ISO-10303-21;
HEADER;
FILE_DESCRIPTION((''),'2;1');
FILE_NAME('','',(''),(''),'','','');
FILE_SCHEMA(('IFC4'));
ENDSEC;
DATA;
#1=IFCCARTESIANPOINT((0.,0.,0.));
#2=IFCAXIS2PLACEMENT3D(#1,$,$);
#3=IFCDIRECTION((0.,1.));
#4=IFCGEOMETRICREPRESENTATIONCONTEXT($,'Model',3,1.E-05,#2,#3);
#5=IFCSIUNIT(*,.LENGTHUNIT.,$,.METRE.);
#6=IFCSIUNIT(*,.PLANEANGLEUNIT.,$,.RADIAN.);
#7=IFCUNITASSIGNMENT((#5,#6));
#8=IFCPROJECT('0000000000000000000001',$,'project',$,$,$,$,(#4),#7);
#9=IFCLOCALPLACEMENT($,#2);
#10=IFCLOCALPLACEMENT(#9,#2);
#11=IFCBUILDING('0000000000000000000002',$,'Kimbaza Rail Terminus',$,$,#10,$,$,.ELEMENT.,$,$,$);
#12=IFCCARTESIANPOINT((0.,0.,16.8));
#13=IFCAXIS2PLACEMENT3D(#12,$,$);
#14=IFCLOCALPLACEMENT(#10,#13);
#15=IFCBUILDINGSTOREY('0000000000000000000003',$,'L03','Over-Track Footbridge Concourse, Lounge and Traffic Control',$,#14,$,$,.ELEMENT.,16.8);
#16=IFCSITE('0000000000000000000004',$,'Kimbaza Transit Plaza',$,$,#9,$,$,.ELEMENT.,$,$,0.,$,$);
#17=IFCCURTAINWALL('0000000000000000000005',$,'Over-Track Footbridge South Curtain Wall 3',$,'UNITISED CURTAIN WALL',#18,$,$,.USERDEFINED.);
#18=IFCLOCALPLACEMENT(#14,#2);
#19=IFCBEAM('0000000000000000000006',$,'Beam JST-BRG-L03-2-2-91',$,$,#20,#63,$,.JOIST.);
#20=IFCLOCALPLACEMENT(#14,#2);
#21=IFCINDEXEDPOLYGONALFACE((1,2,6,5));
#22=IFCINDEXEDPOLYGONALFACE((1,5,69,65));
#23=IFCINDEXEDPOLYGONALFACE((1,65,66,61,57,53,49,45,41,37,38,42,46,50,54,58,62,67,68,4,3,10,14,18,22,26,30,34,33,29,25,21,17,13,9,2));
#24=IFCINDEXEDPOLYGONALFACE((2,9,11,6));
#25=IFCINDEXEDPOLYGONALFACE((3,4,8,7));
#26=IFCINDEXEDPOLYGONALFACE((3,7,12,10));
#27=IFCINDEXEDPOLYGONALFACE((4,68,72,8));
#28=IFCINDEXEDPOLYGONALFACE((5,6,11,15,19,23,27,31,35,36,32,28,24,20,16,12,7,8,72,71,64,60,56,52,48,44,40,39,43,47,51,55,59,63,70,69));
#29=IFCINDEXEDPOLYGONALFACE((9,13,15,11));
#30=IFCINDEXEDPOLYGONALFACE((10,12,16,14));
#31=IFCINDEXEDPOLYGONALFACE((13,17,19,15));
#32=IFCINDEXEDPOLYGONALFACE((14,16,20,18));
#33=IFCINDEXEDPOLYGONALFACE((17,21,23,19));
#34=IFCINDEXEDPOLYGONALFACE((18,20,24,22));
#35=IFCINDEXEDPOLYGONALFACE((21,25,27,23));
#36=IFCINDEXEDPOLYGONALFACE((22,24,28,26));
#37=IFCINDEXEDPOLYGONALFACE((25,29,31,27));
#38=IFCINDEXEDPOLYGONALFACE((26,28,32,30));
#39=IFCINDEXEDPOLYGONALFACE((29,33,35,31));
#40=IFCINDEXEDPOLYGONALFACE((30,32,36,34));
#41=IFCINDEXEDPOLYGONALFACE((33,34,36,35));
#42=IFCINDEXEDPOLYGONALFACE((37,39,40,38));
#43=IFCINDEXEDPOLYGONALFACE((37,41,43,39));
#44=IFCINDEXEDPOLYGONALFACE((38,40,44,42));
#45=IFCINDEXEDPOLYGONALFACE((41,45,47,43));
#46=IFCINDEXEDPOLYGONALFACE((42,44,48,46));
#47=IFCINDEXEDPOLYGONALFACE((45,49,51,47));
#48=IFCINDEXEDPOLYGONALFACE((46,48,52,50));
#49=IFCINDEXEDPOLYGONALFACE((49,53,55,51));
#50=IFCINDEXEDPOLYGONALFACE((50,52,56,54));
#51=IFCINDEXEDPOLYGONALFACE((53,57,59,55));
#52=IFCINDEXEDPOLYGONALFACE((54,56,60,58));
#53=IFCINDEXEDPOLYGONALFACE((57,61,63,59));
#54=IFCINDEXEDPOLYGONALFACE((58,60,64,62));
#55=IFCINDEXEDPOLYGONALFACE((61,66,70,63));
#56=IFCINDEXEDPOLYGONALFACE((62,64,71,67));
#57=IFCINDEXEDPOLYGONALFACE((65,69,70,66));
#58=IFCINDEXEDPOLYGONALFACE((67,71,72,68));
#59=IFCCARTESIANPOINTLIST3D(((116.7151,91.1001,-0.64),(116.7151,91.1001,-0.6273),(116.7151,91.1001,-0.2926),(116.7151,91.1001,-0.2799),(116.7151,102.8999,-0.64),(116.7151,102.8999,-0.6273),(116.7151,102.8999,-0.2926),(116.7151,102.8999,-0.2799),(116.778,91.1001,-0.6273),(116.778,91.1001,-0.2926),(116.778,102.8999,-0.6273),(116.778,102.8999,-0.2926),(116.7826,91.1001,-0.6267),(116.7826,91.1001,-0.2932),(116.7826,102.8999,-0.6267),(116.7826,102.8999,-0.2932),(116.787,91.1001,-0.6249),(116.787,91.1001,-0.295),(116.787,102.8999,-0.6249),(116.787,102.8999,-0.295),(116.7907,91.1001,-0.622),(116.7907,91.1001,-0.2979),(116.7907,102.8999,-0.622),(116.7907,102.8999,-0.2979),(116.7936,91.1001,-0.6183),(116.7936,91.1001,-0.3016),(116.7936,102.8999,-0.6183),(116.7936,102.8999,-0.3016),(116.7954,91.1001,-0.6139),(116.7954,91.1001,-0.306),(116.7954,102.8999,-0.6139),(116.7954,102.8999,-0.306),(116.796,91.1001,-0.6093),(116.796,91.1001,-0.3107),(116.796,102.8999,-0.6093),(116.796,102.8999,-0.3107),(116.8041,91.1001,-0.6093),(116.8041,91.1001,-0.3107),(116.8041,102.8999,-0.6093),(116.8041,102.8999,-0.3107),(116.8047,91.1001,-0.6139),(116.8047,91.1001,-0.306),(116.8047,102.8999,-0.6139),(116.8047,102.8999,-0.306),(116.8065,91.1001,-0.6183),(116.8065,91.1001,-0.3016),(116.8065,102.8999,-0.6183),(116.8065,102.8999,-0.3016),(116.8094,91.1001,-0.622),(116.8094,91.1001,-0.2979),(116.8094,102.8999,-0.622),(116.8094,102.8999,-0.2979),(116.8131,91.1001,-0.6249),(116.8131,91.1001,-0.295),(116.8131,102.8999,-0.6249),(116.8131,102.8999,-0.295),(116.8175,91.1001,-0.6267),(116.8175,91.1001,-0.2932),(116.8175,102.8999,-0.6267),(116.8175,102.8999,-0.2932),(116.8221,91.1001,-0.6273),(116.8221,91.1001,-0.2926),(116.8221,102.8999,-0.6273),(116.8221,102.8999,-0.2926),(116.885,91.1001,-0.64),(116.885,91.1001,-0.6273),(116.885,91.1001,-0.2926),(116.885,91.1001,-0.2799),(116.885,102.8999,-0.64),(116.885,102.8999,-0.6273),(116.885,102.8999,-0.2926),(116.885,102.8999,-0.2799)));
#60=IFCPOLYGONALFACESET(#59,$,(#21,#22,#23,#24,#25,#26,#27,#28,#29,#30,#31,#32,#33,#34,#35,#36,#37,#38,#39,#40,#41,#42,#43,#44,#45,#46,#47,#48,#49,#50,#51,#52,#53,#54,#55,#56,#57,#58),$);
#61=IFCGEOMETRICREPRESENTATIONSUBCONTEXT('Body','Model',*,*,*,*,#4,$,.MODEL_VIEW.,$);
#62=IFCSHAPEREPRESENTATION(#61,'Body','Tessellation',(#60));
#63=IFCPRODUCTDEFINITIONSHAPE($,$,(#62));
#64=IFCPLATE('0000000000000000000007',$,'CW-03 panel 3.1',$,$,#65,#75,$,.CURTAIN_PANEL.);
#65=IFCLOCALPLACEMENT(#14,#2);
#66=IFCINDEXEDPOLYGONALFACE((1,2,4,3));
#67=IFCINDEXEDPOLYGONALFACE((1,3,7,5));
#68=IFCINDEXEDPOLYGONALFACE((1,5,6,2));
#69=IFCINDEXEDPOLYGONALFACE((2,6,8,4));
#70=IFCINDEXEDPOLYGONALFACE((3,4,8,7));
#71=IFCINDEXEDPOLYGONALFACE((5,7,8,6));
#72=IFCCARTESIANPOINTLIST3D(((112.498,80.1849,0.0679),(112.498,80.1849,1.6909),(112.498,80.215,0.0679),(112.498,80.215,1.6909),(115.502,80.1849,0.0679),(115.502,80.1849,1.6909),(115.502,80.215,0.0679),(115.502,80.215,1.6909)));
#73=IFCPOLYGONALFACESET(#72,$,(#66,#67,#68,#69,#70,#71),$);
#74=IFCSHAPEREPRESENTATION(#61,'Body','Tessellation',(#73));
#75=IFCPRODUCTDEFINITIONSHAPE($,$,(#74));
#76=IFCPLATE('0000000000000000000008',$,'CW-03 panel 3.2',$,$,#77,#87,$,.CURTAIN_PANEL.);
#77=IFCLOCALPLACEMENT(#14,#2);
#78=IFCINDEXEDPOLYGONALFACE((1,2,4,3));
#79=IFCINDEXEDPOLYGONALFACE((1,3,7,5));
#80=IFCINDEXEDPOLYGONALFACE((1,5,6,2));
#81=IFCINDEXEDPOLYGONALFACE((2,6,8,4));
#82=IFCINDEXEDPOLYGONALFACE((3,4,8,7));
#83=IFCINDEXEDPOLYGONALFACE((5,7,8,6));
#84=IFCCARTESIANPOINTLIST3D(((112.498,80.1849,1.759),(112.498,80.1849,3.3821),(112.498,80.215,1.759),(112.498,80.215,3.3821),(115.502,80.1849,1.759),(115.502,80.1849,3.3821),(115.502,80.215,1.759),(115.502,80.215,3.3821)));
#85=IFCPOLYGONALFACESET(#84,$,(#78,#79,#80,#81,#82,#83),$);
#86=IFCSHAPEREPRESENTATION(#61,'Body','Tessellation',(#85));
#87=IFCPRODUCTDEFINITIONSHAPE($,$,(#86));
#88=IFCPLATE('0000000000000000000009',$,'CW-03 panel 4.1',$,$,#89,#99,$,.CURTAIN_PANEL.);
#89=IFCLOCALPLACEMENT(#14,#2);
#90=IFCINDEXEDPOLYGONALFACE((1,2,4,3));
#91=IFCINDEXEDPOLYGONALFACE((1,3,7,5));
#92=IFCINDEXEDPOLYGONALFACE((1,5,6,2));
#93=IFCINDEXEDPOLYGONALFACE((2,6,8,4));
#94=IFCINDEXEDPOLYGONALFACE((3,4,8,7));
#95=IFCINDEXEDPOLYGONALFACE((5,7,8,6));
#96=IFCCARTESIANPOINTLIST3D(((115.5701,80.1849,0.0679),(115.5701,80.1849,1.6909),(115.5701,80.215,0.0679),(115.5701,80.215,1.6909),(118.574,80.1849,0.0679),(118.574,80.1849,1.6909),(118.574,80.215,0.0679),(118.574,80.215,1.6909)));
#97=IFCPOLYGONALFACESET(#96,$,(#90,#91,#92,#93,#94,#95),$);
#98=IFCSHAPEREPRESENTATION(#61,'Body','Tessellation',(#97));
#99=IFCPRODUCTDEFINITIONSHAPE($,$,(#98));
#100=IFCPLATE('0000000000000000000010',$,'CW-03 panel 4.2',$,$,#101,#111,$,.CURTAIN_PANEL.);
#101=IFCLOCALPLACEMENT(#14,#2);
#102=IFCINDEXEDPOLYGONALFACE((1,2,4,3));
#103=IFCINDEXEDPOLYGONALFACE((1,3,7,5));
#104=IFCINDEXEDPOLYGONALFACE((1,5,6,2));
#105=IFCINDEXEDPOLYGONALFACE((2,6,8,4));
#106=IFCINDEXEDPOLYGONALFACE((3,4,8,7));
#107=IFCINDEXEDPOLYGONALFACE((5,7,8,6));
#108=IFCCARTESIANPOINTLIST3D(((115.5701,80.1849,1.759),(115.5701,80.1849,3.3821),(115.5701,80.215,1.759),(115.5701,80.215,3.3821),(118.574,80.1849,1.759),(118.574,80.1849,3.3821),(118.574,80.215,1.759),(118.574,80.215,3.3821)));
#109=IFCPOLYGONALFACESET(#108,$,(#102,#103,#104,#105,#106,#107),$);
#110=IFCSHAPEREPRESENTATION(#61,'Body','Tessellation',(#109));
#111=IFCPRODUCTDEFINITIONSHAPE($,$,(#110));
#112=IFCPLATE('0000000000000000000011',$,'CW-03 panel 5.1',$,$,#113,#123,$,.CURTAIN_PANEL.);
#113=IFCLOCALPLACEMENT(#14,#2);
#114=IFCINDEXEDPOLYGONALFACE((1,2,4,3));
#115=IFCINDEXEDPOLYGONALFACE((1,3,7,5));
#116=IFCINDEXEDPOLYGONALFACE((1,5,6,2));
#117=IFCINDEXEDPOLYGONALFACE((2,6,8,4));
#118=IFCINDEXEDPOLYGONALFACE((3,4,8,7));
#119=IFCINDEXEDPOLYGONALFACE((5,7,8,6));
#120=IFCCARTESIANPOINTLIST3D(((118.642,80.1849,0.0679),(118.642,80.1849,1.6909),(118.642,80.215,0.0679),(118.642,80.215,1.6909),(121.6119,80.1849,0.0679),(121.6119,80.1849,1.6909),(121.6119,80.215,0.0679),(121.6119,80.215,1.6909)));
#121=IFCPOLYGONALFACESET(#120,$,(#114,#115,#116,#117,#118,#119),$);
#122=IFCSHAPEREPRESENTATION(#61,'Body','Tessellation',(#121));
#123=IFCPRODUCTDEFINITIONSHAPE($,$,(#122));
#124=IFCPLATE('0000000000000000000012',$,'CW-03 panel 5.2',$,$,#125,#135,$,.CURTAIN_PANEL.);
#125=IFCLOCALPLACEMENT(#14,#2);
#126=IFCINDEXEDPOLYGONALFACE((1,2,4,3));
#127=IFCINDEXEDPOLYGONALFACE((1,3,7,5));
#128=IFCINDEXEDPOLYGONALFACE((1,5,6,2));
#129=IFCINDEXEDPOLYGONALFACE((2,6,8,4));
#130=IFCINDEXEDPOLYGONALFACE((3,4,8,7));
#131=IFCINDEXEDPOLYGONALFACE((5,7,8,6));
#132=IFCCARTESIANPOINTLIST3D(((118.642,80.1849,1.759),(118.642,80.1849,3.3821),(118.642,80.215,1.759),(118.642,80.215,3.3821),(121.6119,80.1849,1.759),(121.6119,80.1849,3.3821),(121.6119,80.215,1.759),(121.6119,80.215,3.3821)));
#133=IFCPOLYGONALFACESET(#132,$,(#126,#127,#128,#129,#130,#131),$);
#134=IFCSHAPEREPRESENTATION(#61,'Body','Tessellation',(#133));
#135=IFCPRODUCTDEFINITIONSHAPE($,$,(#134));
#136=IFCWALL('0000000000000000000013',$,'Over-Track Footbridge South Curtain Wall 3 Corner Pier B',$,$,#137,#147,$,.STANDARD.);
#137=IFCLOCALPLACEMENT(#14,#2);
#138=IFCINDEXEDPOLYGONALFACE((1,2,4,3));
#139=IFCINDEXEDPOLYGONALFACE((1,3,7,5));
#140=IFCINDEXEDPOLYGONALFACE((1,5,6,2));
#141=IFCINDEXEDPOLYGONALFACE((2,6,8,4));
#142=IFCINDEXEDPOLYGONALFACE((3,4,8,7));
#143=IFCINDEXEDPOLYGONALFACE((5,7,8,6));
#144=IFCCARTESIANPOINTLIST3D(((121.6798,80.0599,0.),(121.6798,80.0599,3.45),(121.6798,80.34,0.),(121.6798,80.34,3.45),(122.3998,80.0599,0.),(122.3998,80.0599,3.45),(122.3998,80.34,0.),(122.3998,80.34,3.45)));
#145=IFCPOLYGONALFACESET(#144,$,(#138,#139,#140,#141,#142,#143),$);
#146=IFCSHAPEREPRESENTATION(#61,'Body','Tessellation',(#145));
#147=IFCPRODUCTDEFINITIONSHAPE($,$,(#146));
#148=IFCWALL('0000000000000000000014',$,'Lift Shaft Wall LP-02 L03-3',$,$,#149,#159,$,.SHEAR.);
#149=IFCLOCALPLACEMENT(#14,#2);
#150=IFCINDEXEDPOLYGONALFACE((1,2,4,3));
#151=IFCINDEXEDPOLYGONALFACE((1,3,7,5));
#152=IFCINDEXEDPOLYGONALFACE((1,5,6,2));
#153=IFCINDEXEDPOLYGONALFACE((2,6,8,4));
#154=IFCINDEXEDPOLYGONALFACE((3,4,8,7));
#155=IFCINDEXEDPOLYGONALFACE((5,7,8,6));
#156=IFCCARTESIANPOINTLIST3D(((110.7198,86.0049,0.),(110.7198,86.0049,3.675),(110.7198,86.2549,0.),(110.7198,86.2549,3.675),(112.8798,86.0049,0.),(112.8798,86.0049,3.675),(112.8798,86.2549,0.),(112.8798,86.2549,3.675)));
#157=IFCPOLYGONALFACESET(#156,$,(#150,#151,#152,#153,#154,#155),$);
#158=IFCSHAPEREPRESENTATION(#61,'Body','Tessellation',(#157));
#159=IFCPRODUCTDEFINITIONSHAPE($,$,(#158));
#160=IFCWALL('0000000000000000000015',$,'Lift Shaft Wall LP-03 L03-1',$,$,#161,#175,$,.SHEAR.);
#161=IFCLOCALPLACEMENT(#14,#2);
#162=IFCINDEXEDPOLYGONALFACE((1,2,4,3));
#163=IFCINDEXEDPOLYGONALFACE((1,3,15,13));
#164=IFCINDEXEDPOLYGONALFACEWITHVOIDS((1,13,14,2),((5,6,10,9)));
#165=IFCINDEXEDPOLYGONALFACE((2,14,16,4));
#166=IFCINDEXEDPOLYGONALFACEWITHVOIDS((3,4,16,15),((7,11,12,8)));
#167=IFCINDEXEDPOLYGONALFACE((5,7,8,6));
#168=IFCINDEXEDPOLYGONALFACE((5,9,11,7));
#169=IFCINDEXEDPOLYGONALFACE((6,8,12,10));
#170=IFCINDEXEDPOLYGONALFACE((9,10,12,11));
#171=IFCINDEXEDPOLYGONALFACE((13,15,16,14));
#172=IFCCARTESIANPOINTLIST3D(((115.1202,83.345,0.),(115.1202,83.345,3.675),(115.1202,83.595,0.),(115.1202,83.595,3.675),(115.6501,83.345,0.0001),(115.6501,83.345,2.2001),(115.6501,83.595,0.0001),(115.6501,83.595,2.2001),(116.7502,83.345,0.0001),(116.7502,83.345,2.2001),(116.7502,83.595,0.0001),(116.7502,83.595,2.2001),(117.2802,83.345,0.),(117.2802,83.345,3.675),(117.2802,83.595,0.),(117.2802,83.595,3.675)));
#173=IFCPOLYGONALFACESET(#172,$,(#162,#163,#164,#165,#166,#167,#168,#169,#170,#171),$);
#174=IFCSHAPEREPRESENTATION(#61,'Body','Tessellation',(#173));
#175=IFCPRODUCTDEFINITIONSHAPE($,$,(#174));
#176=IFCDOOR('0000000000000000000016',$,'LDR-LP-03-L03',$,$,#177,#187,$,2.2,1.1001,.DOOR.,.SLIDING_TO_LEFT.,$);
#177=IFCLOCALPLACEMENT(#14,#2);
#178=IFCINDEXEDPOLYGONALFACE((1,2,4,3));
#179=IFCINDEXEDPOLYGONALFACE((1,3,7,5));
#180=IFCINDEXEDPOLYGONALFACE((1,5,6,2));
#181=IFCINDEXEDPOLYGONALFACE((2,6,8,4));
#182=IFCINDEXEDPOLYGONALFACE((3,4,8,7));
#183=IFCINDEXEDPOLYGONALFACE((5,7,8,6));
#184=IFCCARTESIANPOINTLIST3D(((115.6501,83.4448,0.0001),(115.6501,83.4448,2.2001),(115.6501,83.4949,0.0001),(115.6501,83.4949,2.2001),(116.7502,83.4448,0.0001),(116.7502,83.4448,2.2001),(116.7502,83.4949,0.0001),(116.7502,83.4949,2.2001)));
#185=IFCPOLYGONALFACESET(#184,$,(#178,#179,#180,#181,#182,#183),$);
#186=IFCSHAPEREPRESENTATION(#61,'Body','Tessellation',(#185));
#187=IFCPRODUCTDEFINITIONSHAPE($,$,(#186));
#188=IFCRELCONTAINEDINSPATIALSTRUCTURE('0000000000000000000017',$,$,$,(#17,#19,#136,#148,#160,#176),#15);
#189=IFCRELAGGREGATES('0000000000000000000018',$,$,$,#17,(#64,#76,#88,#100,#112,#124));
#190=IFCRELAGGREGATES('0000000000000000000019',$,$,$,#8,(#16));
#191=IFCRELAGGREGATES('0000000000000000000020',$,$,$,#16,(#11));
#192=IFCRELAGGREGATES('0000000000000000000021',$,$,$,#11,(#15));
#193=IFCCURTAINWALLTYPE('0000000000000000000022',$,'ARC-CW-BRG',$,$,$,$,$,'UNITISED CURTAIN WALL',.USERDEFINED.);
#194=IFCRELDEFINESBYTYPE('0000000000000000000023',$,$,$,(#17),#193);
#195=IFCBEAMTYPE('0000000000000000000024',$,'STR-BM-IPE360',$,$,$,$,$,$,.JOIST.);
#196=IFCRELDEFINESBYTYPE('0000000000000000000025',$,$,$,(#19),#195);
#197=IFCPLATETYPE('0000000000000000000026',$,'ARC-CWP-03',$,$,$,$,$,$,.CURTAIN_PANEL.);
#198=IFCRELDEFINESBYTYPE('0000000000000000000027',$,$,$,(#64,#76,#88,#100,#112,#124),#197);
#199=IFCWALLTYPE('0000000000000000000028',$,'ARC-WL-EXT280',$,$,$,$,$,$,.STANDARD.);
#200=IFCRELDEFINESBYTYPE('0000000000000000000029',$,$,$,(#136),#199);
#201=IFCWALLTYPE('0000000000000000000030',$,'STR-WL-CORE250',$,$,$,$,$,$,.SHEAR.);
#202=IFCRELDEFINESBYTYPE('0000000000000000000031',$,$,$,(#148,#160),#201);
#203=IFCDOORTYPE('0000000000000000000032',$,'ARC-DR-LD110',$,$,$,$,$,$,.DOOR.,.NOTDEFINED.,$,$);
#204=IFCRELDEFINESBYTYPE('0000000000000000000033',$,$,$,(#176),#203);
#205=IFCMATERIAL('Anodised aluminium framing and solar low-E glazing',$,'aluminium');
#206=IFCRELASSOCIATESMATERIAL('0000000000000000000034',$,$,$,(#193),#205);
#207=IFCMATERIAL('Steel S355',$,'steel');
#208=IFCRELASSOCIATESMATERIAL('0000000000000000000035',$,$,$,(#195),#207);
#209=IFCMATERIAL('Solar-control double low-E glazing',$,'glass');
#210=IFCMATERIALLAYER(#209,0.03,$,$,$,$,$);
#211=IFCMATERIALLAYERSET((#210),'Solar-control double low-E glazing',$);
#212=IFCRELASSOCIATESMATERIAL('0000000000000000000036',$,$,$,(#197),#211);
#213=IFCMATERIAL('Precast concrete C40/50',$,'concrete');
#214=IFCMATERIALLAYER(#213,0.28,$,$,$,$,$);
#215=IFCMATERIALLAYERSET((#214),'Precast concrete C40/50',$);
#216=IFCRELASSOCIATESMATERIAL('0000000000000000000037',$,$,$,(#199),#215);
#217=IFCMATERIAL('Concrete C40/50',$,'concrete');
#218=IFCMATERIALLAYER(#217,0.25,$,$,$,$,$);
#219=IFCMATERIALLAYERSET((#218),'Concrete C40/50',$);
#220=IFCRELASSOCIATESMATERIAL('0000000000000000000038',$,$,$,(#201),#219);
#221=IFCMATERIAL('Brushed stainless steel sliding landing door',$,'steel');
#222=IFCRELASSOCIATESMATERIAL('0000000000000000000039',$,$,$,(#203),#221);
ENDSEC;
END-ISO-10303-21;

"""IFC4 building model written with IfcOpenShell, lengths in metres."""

from ifc_helpers import new_model, si_unit, direction, frame, frame_2d, origin, origin_2d, place, context, subcontext, project, spatial, rectangle, i_section, extrude, material, layer, layer_set, material_profile, profile_set, type_object, element, fill, aggregate, save


model = new_model("IFC4")

# Units and contexts
model_context = context("Model", 3, precision=1e-05, world=origin(), true_north=direction((0.0, 1.0)))
body_context = subcontext(model_context, "Body", "Model", "MODEL_VIEW")
ifc_project = project(units=[si_unit("LENGTHUNIT", "METRE"), si_unit("PLANEANGLEUNIT", "RADIAN")], contexts=[model_context])

# Site, building, storey
site_placement = place(None, origin())
site = spatial("IfcSite", under=ifc_project, at=site_placement, Name="Kimbaza Transit Plaza", CompositionType="ELEMENT", RefElevation=0.0)
building_placement = place(site_placement, origin())
building = spatial("IfcBuilding", under=site, at=building_placement, Name="Kimbaza Rail Terminus", CompositionType="ELEMENT")
storey_placement = place(building_placement, frame((0.0, 0.0, 16.8)))
storey = spatial("IfcBuildingStorey", under=building, at=storey_placement, Name="L03", Description="Over-Track Footbridge Concourse, Lounge and Traffic Control", CompositionType="ELEMENT", Elevation=16.8)

# Curtain wall
ifc_material_1 = material(Name="Anodised aluminium framing and solar low-E glazing", Category="aluminium")
curtain_wall_type = type_object("IfcCurtainWallType", Name="ARC-CW-BRG", ElementType="UNITISED CURTAIN WALL", PredefinedType="USERDEFINED", material=ifc_material_1)
curtain_wall_placement = place(storey_placement, origin())
curtain_wall = element("IfcCurtainWall", 1, at=curtain_wall_placement, inside=storey, type_object=curtain_wall_type, Name="Over-Track Footbridge South Curtain Wall 3", ObjectType="UNITISED CURTAIN WALL", PredefinedType="USERDEFINED")

# Beam
ifc_material_2 = material(Name="Steel S355", Category="steel")
ifc_material_profile_1 = material_profile(ifc_material_2, i_section(OverallWidth=0.1699, OverallDepth=0.3601, WebThickness=0.0081, FlangeThickness=0.0127, FilletRadius=0.0181, at=origin_2d()), Name="IPE 360")
ifc_profile_set_1 = profile_set([ifc_material_profile_1], Name="Steel S355")
beam_type = type_object("IfcBeamType", Name="STR-BM-IPE360", PredefinedType="JOIST", material=ifc_profile_set_1)
beam_placement = place(storey_placement, frame((116.8, 91.1001, -0.46), z_axis=(0.0, 1.0, 0.0), x_axis=(-1.0, 0.0, 0.0)))
element("IfcBeam", 2, at=beam_placement, inside=storey, type_object=beam_type, Name="Beam JST-BRG-L03-2-2-91", PredefinedType="JOIST", context=body_context, shape_type="SweptSolid", body=[
    extrude(i_section(OverallWidth=0.1699, OverallDepth=0.3601, WebThickness=0.0081, FlangeThickness=0.0127, FilletRadius=0.0181, at=origin_2d()), origin(), (0.0, 0.0, 1.0), 11.7998),
])

# Plates
ifc_material_3 = material(Name="Solar-control double low-E glazing", Category="glass")
ifc_layer_1 = layer(ifc_material_3, 0.03)
ifc_layer_set_1 = layer_set([ifc_layer_1], Name="Solar-control double low-E glazing")
plate_type = type_object("IfcPlateType", Name="ARC-CWP-03", PredefinedType="CURTAIN_PANEL", material=ifc_layer_set_1)
plate_1_placement = place(storey_placement, frame((114.0, 80.2, 0.0679), z_axis=(0.0, 0.0, 1.0), x_axis=(1.0, 0.0, 0.0)))
plate_1 = element("IfcPlate", 3, at=plate_1_placement, type_object=plate_type, Name="CW-03 panel 3.1", PredefinedType="CURTAIN_PANEL", context=body_context, shape_type="SweptSolid", body=[
    extrude(rectangle(XDim=3.0039, YDim=0.03, at=origin_2d()), origin(), (0.0, 0.0, 1.0), 1.623),
])
plate_2_placement = place(storey_placement, frame((114.0, 80.2, 1.759), z_axis=(0.0, 0.0, 1.0), x_axis=(1.0, 0.0, 0.0)))
plate_2 = element("IfcPlate", 4, at=plate_2_placement, type_object=plate_type, Name="CW-03 panel 3.2", PredefinedType="CURTAIN_PANEL", context=body_context, shape_type="SweptSolid", body=[
    extrude(rectangle(XDim=3.0039, YDim=0.03, at=origin_2d()), origin(), (0.0, 0.0, 1.0), 1.623),
])
plate_3_placement = place(storey_placement, frame((117.072, 80.2, 0.0679), z_axis=(0.0, 0.0, 1.0), x_axis=(1.0, 0.0, 0.0)))
plate_3 = element("IfcPlate", 5, at=plate_3_placement, type_object=plate_type, Name="CW-03 panel 4.1", PredefinedType="CURTAIN_PANEL", context=body_context, shape_type="SweptSolid", body=[
    extrude(rectangle(XDim=3.0039, YDim=0.03, at=origin_2d()), origin(), (0.0, 0.0, 1.0), 1.623),
])
plate_4_placement = place(storey_placement, frame((117.072, 80.2, 1.759), z_axis=(0.0, 0.0, 1.0), x_axis=(1.0, 0.0, 0.0)))
plate_4 = element("IfcPlate", 6, at=plate_4_placement, type_object=plate_type, Name="CW-03 panel 4.2", PredefinedType="CURTAIN_PANEL", context=body_context, shape_type="SweptSolid", body=[
    extrude(rectangle(XDim=3.0039, YDim=0.03, at=origin_2d()), origin(), (0.0, 0.0, 1.0), 1.623),
])
plate_5_placement = place(storey_placement, frame((120.127, 80.2, 0.0679), z_axis=(0.0, 0.0, 1.0), x_axis=(1.0, 0.0, 0.0)))
plate_5 = element("IfcPlate", 7, at=plate_5_placement, type_object=plate_type, Name="CW-03 panel 5.1", PredefinedType="CURTAIN_PANEL", context=body_context, shape_type="SweptSolid", body=[
    extrude(rectangle(XDim=2.97, YDim=0.03, at=origin_2d()), origin(), (0.0, 0.0, 1.0), 1.623),
])
plate_6_placement = place(storey_placement, frame((120.127, 80.2, 1.759), z_axis=(0.0, 0.0, 1.0), x_axis=(1.0, 0.0, 0.0)))
plate_6 = element("IfcPlate", 8, at=plate_6_placement, type_object=plate_type, Name="CW-03 panel 5.2", PredefinedType="CURTAIN_PANEL", context=body_context, shape_type="SweptSolid", body=[
    extrude(rectangle(XDim=2.97, YDim=0.03, at=origin_2d()), origin(), (0.0, 0.0, 1.0), 1.623),
])
aggregate(curtain_wall, [plate_1, plate_2, plate_3, plate_4, plate_5, plate_6])

# Walls
ifc_material_4 = material(Name="Precast concrete C40/50", Category="concrete")
ifc_layer_2 = layer(ifc_material_4, 0.28)
ifc_layer_set_2 = layer_set([ifc_layer_2], Name="Precast concrete C40/50")
wall_type_1 = type_object("IfcWallType", Name="ARC-WL-EXT280", PredefinedType="STANDARD", material=ifc_layer_set_2)
wall_1_placement = place(storey_placement, frame((121.6799, 80.2, 0.0), z_axis=(0.0, 0.0, 1.0), x_axis=(1.0, 0.0, 0.0)))
element("IfcWall", 9, at=wall_1_placement, inside=storey, type_object=wall_type_1, Name="Over-Track Footbridge South Curtain Wall 3 Corner Pier B", PredefinedType="STANDARD", context=body_context, shape_type="SweptSolid", body=[
    extrude(rectangle(XDim=0.72, YDim=0.28, at=frame_2d((0.3599, 0.0))), origin(), (0.0, 0.0, 1.0), 3.45),
])
ifc_material_5 = material(Name="Concrete C40/50", Category="concrete")
ifc_layer_3 = layer(ifc_material_5, 0.25)
ifc_layer_set_3 = layer_set([ifc_layer_3], Name="Concrete C40/50")
wall_type_2 = type_object("IfcWallType", Name="STR-WL-CORE250", PredefinedType="SHEAR", material=ifc_layer_set_3)
wall_2_placement = place(storey_placement, frame((112.8799, 86.1299, 0.0), z_axis=(0.0, 0.0, 1.0), x_axis=(-1.0, 0.0, 0.0)))
element("IfcWall", 10, at=wall_2_placement, inside=storey, type_object=wall_type_2, Name="Lift Shaft Wall LP-02 L03-3", PredefinedType="SHEAR", context=body_context, shape_type="SweptSolid", body=[
    extrude(rectangle(XDim=2.1599, YDim=0.25, at=frame_2d((1.0801, 0.0))), origin(), (0.0, 0.0, 1.0), 3.675),
])

# Wall, opening, door
wall_3_placement = place(storey_placement, frame((115.1201, 83.47, 0.0), z_axis=(0.0, 0.0, 1.0), x_axis=(1.0, 0.0, 0.0)))
wall_3 = element("IfcWall", 11, at=wall_3_placement, inside=storey, type_object=wall_type_2, Name="Lift Shaft Wall LP-03 L03-1", PredefinedType="SHEAR", context=body_context, shape_type="SweptSolid", body=[
    extrude(rectangle(XDim=2.1599, YDim=0.25, at=frame_2d((1.0801, 0.0))), origin(), (0.0, 0.0, 1.0), 3.675),
])
opening_1_placement = place(wall_3_placement, frame((0.53, 0.0, 0.0)))
opening_1 = element("IfcOpeningElement", 12, at=opening_1_placement, cuts=wall_3, PredefinedType="OPENING", context=body_context, shape_type="SweptSolid", body=[
    extrude(rectangle(XDim=1.1001, YDim=2.2, at=frame_2d((0.55, 1.1001))), frame((0.0, 0.135, 0.0), z_axis=(0.0, -1.0, 0.0), x_axis=(1.0, 0.0, 0.0)), (0.0, 0.0, 1.0), 0.27),
])
ifc_material_6 = material(Name="Brushed stainless steel sliding landing door", Category="steel")
door_type = type_object("IfcDoorType", Name="ARC-DR-LD110", OperationType="NOTDEFINED", PredefinedType="DOOR", material=ifc_material_6)
door_1_placement = place(opening_1_placement, origin())
door_1 = element("IfcDoor", 13, at=door_1_placement, inside=storey, type_object=door_type, Name="LDR-LP-03-L03", OperationType="SLIDING_TO_LEFT", OverallHeight=2.2, OverallWidth=1.1001, PredefinedType="DOOR", context=body_context, shape_type="SweptSolid", body=[
    extrude(rectangle(XDim=1.1001, YDim=2.2, at=frame_2d((0.55, 1.1001))), frame((0.0, 0.0249, 0.0), z_axis=(0.0, -1.0, 0.0), x_axis=(1.0, 0.0, 0.0)), (0.0, 0.0, 1.0), 0.05),
])
fill(opening_1, door_1)

save(model, "model.ifc")
